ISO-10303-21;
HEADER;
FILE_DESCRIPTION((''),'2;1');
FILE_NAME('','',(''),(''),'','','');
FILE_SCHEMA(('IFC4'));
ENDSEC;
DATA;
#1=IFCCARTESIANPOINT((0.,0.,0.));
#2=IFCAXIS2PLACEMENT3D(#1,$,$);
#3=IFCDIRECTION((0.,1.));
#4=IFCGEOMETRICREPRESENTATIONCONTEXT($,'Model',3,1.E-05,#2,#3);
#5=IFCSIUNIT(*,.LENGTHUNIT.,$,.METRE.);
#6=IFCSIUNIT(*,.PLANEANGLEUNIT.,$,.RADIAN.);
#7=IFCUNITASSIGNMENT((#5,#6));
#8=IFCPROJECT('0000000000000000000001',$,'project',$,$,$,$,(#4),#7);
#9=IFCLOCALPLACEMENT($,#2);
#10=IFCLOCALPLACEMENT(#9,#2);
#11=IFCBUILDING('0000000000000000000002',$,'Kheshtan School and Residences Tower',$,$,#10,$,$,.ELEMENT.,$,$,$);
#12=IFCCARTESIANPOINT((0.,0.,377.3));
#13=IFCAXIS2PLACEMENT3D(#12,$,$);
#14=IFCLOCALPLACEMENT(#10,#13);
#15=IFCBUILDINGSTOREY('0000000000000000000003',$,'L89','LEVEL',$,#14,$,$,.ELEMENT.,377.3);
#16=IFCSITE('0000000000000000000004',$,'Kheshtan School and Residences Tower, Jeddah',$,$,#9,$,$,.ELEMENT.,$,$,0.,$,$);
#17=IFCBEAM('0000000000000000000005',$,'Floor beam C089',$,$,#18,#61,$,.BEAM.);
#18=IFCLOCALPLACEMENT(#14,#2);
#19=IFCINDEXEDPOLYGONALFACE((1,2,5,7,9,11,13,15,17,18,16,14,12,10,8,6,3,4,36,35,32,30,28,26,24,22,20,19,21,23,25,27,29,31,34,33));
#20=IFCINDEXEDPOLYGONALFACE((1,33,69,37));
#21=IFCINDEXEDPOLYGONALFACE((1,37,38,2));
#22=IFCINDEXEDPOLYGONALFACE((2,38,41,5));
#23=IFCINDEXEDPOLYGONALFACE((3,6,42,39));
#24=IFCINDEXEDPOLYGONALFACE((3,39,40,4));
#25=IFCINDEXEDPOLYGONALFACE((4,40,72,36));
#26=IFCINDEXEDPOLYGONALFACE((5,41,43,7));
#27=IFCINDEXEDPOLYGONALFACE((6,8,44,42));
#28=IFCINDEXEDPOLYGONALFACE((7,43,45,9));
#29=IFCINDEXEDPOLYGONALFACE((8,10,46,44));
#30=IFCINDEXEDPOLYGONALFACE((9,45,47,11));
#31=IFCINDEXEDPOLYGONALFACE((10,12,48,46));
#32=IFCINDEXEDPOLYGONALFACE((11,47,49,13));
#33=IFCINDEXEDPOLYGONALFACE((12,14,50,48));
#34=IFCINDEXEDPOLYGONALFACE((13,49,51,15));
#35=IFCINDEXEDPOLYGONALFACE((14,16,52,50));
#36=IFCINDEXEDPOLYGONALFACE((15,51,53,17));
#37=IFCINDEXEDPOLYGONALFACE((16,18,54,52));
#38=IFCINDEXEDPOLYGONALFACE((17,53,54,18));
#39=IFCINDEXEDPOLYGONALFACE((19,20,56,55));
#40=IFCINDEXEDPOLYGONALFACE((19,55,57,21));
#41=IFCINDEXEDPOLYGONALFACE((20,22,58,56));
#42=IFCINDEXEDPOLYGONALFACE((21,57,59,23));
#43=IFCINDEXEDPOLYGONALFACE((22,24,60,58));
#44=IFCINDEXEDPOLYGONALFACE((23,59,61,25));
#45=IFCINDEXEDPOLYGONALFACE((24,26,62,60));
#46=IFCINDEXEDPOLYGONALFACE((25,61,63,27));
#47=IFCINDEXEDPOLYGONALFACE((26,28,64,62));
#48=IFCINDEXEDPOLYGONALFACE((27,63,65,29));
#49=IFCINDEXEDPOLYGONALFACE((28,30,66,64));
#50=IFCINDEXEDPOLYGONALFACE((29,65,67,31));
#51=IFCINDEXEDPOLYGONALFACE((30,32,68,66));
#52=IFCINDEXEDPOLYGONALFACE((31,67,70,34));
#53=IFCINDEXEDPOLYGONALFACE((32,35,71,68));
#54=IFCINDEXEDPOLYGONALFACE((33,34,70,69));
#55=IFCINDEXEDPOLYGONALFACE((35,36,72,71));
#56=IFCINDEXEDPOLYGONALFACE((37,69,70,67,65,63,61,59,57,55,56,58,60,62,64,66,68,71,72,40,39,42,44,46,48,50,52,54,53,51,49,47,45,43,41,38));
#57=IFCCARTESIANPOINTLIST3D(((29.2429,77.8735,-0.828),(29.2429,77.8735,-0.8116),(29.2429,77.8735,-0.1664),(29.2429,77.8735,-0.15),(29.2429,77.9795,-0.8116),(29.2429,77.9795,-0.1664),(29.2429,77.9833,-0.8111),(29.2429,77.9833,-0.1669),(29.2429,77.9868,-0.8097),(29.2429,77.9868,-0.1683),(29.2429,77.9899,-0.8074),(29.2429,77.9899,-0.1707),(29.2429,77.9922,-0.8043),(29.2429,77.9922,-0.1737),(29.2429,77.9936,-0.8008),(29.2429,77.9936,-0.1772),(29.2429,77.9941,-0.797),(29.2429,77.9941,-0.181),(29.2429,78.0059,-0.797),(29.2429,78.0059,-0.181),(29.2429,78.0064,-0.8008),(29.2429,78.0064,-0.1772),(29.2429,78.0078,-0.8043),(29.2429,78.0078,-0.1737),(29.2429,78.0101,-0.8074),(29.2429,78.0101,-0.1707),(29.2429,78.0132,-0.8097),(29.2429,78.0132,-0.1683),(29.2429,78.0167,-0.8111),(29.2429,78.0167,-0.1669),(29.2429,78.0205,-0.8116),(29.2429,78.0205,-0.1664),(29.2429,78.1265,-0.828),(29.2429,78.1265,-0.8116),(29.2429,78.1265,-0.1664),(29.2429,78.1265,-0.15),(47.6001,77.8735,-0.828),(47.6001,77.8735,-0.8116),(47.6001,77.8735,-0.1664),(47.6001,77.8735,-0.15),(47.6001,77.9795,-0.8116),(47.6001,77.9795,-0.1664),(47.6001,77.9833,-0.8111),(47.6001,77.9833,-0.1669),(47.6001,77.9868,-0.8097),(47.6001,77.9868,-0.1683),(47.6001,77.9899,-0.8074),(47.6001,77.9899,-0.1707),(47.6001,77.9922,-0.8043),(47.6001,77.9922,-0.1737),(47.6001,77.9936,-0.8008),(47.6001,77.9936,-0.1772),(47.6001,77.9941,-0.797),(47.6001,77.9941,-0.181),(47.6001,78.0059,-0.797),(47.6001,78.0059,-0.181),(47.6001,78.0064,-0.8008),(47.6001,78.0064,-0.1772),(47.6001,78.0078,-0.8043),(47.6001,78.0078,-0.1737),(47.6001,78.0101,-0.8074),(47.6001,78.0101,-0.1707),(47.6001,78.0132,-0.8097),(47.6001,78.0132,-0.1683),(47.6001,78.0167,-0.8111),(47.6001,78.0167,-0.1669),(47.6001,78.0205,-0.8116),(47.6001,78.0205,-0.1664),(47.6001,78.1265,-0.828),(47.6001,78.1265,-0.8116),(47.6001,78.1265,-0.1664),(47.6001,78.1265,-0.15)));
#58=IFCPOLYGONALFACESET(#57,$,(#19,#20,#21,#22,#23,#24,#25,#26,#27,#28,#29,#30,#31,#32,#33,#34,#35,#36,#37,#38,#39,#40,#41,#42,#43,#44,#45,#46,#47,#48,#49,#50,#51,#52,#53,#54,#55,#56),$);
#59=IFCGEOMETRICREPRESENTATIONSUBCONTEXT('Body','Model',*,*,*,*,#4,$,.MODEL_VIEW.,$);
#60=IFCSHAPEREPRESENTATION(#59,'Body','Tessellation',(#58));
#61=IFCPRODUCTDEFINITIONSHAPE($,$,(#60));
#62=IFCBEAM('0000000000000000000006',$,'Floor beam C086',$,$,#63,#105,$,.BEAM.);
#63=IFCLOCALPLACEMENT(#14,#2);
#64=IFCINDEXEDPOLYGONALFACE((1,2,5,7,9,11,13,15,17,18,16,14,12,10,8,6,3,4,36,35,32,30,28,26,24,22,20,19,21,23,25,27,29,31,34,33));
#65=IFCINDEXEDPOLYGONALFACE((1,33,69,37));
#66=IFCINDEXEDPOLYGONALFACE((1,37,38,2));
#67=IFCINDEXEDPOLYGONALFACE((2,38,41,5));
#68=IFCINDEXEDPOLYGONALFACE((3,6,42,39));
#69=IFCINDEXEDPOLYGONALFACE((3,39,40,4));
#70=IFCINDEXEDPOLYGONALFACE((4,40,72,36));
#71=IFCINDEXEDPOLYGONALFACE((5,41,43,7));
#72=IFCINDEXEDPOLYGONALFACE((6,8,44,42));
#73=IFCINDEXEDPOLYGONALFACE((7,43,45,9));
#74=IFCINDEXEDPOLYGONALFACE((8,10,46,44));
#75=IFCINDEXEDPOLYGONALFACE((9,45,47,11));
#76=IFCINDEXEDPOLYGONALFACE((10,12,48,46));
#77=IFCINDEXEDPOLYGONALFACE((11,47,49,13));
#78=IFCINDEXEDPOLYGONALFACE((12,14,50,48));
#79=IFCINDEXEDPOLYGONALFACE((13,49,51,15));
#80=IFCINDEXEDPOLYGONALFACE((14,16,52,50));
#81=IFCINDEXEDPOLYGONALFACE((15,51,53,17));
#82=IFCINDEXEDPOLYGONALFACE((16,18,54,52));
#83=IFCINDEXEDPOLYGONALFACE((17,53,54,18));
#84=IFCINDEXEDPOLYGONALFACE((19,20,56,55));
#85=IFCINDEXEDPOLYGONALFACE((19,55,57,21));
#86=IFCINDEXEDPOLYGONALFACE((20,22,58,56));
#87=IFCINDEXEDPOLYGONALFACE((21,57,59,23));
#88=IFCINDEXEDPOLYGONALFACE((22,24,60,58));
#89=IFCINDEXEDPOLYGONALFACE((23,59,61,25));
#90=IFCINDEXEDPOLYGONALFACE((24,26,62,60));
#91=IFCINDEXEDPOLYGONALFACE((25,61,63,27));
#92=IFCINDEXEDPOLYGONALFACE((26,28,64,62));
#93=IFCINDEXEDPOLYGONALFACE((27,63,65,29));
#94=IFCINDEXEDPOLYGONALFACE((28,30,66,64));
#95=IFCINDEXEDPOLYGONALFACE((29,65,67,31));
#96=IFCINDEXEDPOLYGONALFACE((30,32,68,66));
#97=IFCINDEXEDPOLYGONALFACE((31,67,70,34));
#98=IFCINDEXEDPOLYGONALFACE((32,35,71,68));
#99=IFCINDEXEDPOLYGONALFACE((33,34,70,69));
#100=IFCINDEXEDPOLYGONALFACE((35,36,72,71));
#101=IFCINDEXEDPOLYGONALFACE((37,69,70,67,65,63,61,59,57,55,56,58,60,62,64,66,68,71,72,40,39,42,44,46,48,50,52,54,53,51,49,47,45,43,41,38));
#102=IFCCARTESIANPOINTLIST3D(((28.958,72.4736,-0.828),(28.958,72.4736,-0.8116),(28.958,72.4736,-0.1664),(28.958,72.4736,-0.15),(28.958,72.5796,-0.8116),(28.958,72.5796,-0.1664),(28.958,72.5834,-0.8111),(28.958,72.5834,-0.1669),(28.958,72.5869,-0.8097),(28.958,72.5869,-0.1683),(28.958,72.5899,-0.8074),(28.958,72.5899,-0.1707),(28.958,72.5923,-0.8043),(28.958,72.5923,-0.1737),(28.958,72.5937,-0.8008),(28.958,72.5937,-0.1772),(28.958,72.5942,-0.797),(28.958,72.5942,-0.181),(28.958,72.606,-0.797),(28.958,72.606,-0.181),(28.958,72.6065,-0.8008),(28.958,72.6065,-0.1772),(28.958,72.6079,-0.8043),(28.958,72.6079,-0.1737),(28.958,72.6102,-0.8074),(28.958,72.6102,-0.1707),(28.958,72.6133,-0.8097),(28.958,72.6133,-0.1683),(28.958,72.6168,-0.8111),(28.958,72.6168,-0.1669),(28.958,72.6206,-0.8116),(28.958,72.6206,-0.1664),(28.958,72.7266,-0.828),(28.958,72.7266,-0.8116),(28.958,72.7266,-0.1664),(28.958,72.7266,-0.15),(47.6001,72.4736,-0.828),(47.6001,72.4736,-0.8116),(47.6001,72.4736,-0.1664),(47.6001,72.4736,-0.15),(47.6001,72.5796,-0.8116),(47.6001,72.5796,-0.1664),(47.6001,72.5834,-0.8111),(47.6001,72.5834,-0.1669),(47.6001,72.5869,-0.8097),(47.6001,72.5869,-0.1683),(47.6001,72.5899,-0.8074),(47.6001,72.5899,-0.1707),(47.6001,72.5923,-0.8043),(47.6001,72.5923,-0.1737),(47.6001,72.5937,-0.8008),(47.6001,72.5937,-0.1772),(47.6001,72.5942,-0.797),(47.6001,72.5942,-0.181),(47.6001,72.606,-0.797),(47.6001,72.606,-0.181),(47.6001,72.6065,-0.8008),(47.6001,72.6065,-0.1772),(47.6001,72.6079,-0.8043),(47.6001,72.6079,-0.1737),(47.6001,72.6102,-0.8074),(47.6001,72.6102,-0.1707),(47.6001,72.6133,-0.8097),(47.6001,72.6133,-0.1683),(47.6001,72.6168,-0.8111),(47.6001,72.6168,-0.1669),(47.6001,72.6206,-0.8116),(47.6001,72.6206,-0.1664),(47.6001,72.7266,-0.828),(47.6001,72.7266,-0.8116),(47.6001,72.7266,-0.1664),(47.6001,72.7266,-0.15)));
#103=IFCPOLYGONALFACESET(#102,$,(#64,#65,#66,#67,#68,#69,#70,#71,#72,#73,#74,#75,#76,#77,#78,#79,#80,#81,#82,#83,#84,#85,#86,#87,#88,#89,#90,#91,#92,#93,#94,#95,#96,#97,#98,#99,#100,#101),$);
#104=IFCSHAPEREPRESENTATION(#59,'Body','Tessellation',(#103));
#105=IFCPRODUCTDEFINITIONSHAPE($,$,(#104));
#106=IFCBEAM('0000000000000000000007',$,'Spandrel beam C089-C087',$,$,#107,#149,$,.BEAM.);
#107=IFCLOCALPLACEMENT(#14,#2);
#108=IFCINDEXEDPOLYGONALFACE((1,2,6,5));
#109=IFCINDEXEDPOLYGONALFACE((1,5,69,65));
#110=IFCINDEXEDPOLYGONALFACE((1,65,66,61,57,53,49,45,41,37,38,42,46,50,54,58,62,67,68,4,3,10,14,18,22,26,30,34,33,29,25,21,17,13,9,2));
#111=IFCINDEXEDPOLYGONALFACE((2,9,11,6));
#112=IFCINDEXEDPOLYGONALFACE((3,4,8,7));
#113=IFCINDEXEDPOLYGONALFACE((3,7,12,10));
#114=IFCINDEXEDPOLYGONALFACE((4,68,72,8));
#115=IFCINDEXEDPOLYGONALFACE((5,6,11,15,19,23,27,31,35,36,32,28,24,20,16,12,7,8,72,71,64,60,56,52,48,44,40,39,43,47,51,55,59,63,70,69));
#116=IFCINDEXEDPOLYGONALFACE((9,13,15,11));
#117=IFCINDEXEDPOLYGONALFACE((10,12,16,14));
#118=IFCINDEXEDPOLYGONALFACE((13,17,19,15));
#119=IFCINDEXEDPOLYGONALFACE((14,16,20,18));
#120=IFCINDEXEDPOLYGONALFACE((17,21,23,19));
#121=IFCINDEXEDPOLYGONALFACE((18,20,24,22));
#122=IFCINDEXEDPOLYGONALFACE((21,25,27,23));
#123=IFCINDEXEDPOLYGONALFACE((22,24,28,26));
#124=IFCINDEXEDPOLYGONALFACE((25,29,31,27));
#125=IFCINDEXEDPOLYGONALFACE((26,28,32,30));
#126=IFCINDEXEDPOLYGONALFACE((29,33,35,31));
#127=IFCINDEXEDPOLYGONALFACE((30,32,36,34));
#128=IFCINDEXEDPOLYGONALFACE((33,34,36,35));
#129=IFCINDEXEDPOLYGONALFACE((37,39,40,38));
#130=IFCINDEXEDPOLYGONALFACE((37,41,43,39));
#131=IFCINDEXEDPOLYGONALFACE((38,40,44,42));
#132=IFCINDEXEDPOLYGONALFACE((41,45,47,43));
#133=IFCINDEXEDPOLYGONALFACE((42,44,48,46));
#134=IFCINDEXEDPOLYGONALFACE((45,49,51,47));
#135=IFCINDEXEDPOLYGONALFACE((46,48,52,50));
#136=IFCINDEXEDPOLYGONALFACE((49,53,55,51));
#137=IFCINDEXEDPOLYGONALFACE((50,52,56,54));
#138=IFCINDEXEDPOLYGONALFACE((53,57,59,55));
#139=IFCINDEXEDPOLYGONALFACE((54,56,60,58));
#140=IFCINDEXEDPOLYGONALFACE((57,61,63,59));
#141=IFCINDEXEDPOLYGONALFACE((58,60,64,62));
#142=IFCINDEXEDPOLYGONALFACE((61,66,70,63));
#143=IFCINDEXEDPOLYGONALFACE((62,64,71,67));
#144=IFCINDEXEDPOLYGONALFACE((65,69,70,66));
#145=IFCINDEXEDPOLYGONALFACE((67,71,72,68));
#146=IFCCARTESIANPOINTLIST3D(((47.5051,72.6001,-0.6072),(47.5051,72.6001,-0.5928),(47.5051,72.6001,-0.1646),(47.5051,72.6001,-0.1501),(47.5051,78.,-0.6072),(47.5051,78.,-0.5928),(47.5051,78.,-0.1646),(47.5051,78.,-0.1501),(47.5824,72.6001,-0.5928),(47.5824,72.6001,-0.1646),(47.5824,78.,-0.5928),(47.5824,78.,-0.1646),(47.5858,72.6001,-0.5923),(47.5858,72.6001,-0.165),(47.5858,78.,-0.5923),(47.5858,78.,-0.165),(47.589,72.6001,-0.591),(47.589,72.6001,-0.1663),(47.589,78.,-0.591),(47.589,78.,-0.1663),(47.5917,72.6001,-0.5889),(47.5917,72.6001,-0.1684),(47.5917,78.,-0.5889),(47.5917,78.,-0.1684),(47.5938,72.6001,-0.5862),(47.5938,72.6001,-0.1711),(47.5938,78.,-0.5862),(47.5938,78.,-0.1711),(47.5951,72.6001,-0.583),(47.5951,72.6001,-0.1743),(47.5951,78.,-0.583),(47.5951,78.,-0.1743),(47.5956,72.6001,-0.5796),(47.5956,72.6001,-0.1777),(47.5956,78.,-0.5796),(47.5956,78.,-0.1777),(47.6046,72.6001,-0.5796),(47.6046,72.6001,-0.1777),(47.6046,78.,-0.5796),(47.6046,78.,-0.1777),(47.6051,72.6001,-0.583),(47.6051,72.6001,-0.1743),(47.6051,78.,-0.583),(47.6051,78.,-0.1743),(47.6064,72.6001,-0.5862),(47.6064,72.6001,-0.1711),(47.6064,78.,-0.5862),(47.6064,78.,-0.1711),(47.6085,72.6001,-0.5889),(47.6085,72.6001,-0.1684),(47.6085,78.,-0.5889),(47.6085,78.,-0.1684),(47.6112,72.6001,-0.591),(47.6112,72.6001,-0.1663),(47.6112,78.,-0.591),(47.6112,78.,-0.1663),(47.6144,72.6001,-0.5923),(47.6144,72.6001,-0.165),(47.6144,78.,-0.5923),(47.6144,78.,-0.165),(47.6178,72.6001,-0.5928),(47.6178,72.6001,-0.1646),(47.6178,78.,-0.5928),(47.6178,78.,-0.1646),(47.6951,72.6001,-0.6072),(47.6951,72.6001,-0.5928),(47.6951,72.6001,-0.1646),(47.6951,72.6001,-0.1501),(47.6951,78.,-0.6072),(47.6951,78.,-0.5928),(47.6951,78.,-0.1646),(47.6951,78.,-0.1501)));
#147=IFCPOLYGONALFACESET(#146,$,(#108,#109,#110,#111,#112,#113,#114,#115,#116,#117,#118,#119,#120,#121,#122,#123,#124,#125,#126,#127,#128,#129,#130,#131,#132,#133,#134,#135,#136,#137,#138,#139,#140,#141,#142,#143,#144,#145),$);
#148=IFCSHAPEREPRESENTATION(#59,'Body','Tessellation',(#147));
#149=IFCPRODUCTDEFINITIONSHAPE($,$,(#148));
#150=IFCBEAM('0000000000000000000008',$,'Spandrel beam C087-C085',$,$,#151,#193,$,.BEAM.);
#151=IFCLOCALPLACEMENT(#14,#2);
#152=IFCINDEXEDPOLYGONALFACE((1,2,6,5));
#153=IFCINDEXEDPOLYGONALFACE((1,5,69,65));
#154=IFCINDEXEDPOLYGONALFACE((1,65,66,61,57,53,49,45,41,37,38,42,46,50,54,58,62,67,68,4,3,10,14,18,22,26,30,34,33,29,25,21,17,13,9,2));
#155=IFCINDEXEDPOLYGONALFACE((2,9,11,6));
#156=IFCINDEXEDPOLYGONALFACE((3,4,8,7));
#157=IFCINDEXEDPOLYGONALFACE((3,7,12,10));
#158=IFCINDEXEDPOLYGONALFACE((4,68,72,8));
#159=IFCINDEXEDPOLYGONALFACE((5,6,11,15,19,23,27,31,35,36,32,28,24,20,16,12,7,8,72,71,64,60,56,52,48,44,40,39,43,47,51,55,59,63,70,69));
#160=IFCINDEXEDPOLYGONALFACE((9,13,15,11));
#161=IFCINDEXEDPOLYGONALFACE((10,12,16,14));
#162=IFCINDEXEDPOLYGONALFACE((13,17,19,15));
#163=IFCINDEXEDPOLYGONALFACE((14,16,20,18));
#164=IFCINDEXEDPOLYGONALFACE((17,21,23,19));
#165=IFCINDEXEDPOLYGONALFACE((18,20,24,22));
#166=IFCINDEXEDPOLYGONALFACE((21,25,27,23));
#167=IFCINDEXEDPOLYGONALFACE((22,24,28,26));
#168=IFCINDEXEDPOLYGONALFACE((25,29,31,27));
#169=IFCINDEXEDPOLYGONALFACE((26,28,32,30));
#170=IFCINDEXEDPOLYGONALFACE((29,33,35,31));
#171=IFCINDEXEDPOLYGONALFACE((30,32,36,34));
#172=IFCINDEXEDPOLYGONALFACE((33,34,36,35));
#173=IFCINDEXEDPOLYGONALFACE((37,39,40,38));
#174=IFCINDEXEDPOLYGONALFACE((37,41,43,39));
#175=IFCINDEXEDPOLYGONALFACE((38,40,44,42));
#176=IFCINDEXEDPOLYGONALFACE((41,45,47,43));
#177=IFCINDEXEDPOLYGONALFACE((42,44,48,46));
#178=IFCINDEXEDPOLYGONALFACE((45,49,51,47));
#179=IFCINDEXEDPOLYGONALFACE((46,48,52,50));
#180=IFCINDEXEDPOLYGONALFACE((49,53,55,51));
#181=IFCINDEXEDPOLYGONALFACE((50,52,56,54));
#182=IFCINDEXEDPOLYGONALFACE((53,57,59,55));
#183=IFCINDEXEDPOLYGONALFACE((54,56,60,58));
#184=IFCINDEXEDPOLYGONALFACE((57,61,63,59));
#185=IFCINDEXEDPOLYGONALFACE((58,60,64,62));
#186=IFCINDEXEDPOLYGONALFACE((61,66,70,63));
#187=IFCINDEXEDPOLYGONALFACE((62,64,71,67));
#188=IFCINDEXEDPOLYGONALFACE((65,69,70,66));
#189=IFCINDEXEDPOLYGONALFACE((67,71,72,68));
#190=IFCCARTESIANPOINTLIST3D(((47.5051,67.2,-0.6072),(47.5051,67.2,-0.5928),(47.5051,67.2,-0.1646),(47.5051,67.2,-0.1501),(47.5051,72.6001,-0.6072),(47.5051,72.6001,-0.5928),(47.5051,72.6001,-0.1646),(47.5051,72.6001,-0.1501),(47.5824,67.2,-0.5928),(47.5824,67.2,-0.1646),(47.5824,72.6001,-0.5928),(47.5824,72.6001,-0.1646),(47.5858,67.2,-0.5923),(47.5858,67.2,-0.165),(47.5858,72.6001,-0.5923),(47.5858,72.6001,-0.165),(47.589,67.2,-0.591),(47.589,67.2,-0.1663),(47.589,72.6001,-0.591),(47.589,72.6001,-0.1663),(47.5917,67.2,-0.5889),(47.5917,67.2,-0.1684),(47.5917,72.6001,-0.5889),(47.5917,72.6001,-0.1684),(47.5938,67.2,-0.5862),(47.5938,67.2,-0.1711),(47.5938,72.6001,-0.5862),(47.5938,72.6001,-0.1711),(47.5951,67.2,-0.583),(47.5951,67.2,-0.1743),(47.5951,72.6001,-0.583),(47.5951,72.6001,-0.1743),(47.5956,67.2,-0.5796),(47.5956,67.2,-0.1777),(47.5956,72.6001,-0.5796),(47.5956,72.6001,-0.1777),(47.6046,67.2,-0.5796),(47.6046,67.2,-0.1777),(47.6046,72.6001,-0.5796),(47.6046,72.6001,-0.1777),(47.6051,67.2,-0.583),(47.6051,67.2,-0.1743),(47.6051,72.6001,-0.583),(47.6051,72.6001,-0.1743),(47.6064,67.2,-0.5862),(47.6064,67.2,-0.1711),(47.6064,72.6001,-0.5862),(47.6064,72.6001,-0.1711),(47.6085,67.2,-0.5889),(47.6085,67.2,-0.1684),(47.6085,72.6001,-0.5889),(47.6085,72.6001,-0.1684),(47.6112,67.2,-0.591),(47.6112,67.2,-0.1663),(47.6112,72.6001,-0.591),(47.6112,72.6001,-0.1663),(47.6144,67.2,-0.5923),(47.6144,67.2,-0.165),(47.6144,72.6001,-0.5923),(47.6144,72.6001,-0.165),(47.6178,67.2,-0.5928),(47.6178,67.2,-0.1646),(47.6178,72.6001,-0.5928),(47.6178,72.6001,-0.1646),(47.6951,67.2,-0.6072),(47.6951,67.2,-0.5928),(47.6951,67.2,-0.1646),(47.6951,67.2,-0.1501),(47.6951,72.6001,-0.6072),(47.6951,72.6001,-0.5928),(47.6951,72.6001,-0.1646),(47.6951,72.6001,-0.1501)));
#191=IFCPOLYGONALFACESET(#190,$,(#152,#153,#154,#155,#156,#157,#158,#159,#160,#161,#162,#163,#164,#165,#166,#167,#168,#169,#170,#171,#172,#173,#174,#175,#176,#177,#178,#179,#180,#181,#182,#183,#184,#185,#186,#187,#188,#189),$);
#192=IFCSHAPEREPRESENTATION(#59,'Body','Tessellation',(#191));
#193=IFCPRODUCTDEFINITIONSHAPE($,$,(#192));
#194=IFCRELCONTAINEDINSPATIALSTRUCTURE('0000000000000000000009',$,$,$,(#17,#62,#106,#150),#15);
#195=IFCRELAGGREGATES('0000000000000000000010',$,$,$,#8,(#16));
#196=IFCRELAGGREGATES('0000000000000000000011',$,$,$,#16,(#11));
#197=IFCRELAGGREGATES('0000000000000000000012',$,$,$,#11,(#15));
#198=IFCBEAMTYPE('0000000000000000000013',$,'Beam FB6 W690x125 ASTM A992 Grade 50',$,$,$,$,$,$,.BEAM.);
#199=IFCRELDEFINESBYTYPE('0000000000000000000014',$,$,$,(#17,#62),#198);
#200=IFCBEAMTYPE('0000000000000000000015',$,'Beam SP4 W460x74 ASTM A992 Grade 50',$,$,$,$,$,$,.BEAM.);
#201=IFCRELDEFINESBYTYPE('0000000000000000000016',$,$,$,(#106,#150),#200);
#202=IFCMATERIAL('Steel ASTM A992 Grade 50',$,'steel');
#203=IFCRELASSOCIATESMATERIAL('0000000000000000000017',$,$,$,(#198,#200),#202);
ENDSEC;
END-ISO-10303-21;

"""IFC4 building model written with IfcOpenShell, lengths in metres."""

from ifc_helpers import new_model, si_unit, direction, frame, origin, origin_2d, place, context, subcontext, project, spatial, i_section, extrude, material, material_profile, profile_set, type_object, element, save


model = new_model("IFC4")

# Units and contexts
model_context = context("Model", 3, precision=1e-05, world=origin(), true_north=direction((0.0, 1.0)))
body_context = subcontext(model_context, "Body", "Model", "MODEL_VIEW")
ifc_project = project(units=[si_unit("LENGTHUNIT", "METRE"), si_unit("PLANEANGLEUNIT", "RADIAN")], contexts=[model_context])

# Site, building, storey
site_placement = place(None, origin())
site = spatial("IfcSite", under=ifc_project, at=site_placement, Name="Kheshtan School and Residences Tower, Jeddah", CompositionType="ELEMENT", RefElevation=0.0)
building_placement = place(site_placement, origin())
building = spatial("IfcBuilding", under=site, at=building_placement, Name="Kheshtan School and Residences Tower", CompositionType="ELEMENT")
storey_placement = place(building_placement, frame((0.0, 0.0, 377.3)))
storey = spatial("IfcBuildingStorey", under=building, at=storey_placement, Name="L89", Description="LEVEL", CompositionType="ELEMENT", Elevation=377.3)

# Shared definitions
ifc_material_1 = material(Name="Steel ASTM A992 Grade 50", Category="steel")

# Beams
ifc_material_profile_1 = material_profile(ifc_material_1, i_section(OverallWidth=0.2529, OverallDepth=0.678, WebThickness=0.0117, FlangeThickness=0.0164, FilletRadius=0.0146, at=origin_2d()), Name="W690x125")
ifc_profile_set_1 = profile_set([ifc_material_profile_1], Name="Steel ASTM A992 Grade 50")
beam_type_1 = type_object("IfcBeamType", Name="Beam FB6 W690x125 ASTM A992 Grade 50", PredefinedType="BEAM", material=ifc_profile_set_1)
beam_1_placement = place(storey_placement, frame((47.6001, 78.0, -0.489), z_axis=(-1.0, 0.0, 0.0), x_axis=(0.0, -1.0, 0.0)))
element("IfcBeam", 1, at=beam_1_placement, inside=storey, type_object=beam_type_1, Name="Floor beam C089", PredefinedType="BEAM", context=body_context, shape_type="SweptSolid", body=[
    extrude(i_section(OverallWidth=0.2529, OverallDepth=0.678, WebThickness=0.0117, FlangeThickness=0.0164, FilletRadius=0.0146, at=origin_2d()), origin(), (0.0, 0.0, 1.0), 18.3572),
])
beam_2_placement = place(storey_placement, frame((28.958, 72.6001, -0.489), z_axis=(1.0, 0.0, 0.0), x_axis=(0.0, 1.0, 0.0)))
element("IfcBeam", 2, at=beam_2_placement, inside=storey, type_object=beam_type_1, Name="Floor beam C086", PredefinedType="BEAM", context=body_context, shape_type="SweptSolid", body=[
    extrude(i_section(OverallWidth=0.2529, OverallDepth=0.678, WebThickness=0.0117, FlangeThickness=0.0164, FilletRadius=0.0146, at=origin_2d()), origin(), (0.0, 0.0, 1.0), 18.6421),
])
ifc_material_profile_2 = material_profile(ifc_material_1, i_section(OverallWidth=0.1899, OverallDepth=0.457, WebThickness=0.009, FlangeThickness=0.0144, FilletRadius=0.0132, at=origin_2d()), Name="W460x74")
ifc_profile_set_2 = profile_set([ifc_material_profile_2], Name="Steel ASTM A992 Grade 50")
beam_type_2 = type_object("IfcBeamType", Name="Beam SP4 W460x74 ASTM A992 Grade 50", PredefinedType="BEAM", material=ifc_profile_set_2)
beam_3_placement = place(storey_placement, frame((47.6001, 78.0, -0.3787), z_axis=(0.0, -1.0, 0.0), x_axis=(1.0, 0.0, 0.0)))
element("IfcBeam", 3, at=beam_3_placement, inside=storey, type_object=beam_type_2, Name="Spandrel beam C089-C087", PredefinedType="BEAM", context=body_context, shape_type="SweptSolid", body=[
    extrude(i_section(OverallWidth=0.1899, OverallDepth=0.457, WebThickness=0.009, FlangeThickness=0.0144, FilletRadius=0.0132, at=origin_2d()), origin(), (0.0, 0.0, 1.0), 5.3999),
])
beam_4_placement = place(storey_placement, frame((47.6001, 72.6001, -0.3787), z_axis=(0.0, -1.0, 0.0), x_axis=(1.0, 0.0, 0.0)))
element("IfcBeam", 4, at=beam_4_placement, inside=storey, type_object=beam_type_2, Name="Spandrel beam C087-C085", PredefinedType="BEAM", context=body_context, shape_type="SweptSolid", body=[
    extrude(i_section(OverallWidth=0.1899, OverallDepth=0.457, WebThickness=0.009, FlangeThickness=0.0144, FilletRadius=0.0132, at=origin_2d()), origin(), (0.0, 0.0, 1.0), 5.4001),
])

save(model, "model.ifc")
